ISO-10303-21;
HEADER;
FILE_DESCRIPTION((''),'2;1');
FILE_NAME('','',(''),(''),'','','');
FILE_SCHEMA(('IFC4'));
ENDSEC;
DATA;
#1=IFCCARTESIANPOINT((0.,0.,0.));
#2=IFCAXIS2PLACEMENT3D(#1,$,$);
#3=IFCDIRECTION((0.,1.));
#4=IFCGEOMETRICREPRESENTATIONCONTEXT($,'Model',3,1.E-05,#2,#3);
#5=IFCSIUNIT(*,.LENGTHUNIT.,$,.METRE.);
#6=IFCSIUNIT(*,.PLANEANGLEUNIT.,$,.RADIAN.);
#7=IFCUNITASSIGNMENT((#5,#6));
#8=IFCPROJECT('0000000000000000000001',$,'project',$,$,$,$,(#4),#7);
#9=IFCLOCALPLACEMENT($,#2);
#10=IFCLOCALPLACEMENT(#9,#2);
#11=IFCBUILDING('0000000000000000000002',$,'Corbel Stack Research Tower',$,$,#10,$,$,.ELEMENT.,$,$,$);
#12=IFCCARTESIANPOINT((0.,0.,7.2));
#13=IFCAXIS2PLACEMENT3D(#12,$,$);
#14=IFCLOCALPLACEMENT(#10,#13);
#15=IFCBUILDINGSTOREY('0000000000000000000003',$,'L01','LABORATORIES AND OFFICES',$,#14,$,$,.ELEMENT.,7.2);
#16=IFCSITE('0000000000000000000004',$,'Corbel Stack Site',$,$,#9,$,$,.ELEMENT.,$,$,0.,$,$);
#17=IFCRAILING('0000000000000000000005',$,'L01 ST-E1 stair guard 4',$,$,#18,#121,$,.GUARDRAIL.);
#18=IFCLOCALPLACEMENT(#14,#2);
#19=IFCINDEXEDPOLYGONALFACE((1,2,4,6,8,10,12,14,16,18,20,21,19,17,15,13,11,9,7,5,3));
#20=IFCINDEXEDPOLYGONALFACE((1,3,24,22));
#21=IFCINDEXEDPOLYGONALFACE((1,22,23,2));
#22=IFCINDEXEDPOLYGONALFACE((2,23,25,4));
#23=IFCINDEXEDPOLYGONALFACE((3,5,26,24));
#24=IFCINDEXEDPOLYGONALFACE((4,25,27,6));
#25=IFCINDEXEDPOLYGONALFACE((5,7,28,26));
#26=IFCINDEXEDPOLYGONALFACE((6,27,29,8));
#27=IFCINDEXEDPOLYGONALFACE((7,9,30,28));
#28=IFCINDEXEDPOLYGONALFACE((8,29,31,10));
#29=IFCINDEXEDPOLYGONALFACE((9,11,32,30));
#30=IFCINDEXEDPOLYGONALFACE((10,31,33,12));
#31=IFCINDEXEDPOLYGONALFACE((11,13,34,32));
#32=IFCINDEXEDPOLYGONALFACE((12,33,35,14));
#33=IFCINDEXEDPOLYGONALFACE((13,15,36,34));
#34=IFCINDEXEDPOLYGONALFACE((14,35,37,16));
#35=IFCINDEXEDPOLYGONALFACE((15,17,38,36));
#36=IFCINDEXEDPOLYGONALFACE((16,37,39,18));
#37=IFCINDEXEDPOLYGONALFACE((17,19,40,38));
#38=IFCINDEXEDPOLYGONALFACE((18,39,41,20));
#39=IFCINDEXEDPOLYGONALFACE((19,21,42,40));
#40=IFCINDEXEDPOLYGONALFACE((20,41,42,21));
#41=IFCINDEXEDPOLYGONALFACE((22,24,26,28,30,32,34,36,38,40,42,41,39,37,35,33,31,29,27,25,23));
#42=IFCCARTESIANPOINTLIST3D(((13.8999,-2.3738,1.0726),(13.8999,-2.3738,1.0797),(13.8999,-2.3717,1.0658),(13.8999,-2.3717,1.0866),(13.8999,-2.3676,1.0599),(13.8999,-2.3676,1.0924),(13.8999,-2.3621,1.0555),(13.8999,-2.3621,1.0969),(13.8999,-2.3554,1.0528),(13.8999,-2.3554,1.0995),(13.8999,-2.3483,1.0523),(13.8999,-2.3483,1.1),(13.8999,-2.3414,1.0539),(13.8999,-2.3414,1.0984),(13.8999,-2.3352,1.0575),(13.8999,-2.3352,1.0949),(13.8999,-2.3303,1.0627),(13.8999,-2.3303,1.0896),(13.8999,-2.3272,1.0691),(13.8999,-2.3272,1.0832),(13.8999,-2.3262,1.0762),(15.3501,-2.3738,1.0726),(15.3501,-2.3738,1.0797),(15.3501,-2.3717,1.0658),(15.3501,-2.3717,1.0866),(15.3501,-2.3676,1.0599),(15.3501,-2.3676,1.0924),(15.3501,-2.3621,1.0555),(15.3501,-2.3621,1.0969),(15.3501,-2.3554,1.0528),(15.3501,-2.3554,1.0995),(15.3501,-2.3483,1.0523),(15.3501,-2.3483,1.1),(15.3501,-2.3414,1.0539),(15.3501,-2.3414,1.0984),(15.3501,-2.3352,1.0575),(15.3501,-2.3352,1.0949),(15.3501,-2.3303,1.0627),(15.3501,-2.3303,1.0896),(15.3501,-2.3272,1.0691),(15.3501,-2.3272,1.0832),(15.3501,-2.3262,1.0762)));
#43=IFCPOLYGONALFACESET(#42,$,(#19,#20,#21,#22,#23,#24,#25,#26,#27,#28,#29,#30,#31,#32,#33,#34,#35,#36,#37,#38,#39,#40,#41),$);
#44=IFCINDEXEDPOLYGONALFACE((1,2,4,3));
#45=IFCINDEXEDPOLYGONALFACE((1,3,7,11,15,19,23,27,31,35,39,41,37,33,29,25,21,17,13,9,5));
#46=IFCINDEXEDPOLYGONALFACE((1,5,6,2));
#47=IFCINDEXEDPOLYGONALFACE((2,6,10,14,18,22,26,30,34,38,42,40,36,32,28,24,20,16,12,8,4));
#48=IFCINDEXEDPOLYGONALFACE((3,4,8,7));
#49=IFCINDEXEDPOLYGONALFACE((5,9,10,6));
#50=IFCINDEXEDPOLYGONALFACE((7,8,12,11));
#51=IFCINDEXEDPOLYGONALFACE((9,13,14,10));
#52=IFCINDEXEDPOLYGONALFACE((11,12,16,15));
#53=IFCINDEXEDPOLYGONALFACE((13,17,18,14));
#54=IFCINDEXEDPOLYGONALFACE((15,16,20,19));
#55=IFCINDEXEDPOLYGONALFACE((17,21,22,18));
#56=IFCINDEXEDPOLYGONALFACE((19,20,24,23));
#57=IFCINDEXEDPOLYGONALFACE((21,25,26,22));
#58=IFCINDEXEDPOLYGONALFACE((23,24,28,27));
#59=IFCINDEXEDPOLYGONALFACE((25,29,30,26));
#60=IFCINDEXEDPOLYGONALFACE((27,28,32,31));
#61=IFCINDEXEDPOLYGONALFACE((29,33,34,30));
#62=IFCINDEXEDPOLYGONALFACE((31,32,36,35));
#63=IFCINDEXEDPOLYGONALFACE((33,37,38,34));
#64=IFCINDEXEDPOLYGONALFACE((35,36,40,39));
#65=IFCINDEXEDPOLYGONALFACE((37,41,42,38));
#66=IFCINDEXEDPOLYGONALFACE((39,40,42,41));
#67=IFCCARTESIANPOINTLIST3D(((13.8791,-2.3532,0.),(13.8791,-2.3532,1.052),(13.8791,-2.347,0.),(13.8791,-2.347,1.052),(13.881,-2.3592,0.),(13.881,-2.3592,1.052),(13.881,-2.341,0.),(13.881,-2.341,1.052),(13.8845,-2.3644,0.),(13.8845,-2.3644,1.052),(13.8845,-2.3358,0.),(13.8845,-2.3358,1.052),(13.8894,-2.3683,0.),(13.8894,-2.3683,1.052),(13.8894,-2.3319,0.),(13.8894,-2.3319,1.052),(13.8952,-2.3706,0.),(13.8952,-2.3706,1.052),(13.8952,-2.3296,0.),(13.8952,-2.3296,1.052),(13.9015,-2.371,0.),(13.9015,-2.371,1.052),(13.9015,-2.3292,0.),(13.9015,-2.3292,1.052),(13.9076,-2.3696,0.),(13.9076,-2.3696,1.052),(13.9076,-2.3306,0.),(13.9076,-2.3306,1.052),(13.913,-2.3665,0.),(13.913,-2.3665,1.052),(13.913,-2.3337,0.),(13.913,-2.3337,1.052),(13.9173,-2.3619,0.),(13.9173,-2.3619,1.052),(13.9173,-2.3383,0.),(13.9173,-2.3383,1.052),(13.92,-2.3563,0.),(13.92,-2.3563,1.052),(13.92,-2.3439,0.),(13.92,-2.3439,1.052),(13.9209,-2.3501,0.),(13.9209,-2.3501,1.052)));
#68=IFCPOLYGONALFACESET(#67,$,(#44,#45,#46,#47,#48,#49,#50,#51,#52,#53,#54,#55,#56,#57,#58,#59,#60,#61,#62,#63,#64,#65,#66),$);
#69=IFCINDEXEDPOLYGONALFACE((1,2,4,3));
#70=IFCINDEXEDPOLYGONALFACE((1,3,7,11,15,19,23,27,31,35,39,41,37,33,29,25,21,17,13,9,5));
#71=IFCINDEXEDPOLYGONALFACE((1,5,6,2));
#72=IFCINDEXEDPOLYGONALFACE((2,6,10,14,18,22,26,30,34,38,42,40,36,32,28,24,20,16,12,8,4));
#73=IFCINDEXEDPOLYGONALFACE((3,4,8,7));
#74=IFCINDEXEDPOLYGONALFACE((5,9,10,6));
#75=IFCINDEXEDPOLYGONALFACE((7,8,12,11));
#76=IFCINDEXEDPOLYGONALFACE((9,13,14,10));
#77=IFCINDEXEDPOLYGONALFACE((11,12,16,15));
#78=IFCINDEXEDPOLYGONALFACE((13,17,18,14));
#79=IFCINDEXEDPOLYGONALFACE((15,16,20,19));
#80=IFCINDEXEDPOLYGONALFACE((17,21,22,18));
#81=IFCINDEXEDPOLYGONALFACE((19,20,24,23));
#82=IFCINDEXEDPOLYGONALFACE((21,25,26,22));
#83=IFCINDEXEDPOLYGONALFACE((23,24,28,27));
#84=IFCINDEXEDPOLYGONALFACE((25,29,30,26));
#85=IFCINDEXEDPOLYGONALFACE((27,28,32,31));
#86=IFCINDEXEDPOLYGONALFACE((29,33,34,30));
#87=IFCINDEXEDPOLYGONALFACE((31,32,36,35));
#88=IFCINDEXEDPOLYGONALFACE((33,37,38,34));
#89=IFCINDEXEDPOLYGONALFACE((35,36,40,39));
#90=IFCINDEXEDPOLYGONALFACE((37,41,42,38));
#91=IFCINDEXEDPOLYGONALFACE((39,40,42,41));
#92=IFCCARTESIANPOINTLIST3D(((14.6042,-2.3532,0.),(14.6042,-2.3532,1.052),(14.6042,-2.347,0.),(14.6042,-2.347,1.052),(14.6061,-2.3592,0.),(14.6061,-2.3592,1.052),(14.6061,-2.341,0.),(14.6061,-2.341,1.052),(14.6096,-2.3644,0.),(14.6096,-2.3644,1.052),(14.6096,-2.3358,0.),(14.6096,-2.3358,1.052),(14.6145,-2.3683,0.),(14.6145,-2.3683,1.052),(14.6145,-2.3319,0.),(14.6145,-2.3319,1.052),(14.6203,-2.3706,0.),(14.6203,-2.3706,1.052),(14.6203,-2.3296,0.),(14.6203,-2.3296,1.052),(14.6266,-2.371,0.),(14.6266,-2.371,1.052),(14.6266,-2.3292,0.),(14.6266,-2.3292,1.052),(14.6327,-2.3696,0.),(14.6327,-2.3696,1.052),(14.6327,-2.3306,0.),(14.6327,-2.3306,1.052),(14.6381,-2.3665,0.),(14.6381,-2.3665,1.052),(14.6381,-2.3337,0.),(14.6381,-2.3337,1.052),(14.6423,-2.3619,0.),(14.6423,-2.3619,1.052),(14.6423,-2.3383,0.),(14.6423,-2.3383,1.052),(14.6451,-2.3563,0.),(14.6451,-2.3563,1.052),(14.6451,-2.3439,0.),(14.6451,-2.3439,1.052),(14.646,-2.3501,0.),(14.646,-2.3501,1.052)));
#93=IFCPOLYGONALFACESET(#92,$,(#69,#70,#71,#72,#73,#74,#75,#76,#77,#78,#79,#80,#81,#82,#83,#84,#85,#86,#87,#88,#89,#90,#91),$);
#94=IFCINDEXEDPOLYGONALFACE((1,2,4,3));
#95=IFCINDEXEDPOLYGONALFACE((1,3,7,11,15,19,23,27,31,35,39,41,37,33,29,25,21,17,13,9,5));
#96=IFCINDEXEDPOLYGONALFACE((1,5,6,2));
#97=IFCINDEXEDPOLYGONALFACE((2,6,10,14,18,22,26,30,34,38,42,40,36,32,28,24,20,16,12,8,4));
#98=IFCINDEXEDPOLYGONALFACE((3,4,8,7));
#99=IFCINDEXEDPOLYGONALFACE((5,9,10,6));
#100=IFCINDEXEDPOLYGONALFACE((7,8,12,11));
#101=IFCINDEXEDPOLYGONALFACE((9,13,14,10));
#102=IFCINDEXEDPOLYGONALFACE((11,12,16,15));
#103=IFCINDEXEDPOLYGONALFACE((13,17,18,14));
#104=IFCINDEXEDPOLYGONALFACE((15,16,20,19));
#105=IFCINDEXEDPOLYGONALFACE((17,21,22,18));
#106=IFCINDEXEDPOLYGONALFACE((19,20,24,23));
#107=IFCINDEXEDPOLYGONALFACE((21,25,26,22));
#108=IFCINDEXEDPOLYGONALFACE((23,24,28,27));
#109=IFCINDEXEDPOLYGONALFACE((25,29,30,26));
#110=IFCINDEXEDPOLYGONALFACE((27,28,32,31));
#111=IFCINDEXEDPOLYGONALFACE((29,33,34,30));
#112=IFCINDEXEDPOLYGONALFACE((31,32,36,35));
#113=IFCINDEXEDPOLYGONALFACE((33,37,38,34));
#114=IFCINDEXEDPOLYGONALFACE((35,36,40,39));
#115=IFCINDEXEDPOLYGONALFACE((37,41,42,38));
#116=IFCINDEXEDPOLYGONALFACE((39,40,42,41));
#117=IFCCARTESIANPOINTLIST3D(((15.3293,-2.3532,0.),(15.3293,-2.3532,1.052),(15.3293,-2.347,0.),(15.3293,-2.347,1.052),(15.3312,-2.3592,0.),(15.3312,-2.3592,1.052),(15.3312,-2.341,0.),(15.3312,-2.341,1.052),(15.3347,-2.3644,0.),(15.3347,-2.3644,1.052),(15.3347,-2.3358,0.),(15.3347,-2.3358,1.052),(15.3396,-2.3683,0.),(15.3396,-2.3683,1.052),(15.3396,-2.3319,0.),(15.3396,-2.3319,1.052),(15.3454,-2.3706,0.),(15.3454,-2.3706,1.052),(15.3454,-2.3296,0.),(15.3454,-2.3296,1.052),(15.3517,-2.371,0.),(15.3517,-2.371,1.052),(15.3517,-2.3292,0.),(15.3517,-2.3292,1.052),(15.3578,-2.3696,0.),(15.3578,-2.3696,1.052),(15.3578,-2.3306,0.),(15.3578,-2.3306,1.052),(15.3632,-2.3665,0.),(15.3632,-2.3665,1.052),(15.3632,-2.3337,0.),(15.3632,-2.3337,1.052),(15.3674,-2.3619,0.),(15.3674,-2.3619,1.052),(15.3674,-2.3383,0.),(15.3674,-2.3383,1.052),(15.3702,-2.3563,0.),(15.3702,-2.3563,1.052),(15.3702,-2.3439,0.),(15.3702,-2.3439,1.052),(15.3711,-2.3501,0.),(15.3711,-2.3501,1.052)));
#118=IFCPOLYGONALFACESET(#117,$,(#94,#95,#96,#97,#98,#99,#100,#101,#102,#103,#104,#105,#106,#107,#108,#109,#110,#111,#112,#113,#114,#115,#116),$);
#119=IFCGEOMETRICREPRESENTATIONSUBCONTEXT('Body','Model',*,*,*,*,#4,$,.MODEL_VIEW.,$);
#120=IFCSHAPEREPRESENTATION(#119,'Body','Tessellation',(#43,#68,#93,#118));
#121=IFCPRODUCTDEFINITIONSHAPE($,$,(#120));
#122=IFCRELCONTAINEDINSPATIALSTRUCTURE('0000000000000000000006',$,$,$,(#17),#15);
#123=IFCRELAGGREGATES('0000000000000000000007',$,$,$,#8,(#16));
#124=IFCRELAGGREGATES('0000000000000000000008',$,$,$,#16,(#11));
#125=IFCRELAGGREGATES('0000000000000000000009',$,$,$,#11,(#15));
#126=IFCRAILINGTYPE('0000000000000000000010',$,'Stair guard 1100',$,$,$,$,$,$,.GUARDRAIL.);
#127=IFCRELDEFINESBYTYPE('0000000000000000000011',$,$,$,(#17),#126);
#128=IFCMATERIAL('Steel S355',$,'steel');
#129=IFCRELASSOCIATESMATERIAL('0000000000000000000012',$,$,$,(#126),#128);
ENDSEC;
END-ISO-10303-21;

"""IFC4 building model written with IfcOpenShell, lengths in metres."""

from ifc_helpers import new_model, si_unit, direction, frame, origin, origin_2d, place, context, subcontext, project, spatial, circle, extrude, material, type_object, element, save


model = new_model("IFC4")

# Units and contexts
model_context = context("Model", 3, precision=1e-05, world=origin(), true_north=direction((0.0, 1.0)))
body_context = subcontext(model_context, "Body", "Model", "MODEL_VIEW")
ifc_project = project(units=[si_unit("LENGTHUNIT", "METRE"), si_unit("PLANEANGLEUNIT", "RADIAN")], contexts=[model_context])

# Site, building, storey
site_placement = place(None, origin())
site = spatial("IfcSite", under=ifc_project, at=site_placement, Name="Corbel Stack Site", CompositionType="ELEMENT", RefElevation=0.0)
building_placement = place(site_placement, origin())
building = spatial("IfcBuilding", under=site, at=building_placement, Name="Corbel Stack Research Tower", CompositionType="ELEMENT")
storey_placement = place(building_placement, frame((0.0, 0.0, 7.2)))
storey = spatial("IfcBuildingStorey", under=building, at=storey_placement, Name="L01", Description="LABORATORIES AND OFFICES", CompositionType="ELEMENT", Elevation=7.2)

# Railing
ifc_material_1 = material(Name="Steel S355", Category="steel")
railing_type_1 = type_object("IfcRailingType", Name="Stair guard 1100", PredefinedType="GUARDRAIL", material=ifc_material_1)
railing_1_placement = place(storey_placement, frame((13.8999, -2.3501, 0.0)))
element("IfcRailing", 1, at=railing_1_placement, inside=storey, type_object=railing_type_1, Name="L01 ST-E1 stair guard 4", PredefinedType="GUARDRAIL", context=body_context, shape_type="SweptSolid", body=[
    extrude(circle(Radius=0.0239, at=origin_2d()), frame((0.0, 0.0, 1.0762), z_axis=(1.0, 0.0, 0.0), x_axis=(0.0, 1.0, 0.0)), (0.0, 0.0, 1.0), 1.4502),
    extrude(circle(Radius=0.021, at=origin_2d()), origin(), (0.0, 0.0, 1.0), 1.052),
    extrude(circle(Radius=0.021, at=origin_2d()), frame((0.7251, 0.0, 0.0)), (0.0, 0.0, 1.0), 1.052),
    extrude(circle(Radius=0.021, at=origin_2d()), frame((1.4502, 0.0, 0.0)), (0.0, 0.0, 1.0), 1.052),
])

save(model, "model.ifc")
